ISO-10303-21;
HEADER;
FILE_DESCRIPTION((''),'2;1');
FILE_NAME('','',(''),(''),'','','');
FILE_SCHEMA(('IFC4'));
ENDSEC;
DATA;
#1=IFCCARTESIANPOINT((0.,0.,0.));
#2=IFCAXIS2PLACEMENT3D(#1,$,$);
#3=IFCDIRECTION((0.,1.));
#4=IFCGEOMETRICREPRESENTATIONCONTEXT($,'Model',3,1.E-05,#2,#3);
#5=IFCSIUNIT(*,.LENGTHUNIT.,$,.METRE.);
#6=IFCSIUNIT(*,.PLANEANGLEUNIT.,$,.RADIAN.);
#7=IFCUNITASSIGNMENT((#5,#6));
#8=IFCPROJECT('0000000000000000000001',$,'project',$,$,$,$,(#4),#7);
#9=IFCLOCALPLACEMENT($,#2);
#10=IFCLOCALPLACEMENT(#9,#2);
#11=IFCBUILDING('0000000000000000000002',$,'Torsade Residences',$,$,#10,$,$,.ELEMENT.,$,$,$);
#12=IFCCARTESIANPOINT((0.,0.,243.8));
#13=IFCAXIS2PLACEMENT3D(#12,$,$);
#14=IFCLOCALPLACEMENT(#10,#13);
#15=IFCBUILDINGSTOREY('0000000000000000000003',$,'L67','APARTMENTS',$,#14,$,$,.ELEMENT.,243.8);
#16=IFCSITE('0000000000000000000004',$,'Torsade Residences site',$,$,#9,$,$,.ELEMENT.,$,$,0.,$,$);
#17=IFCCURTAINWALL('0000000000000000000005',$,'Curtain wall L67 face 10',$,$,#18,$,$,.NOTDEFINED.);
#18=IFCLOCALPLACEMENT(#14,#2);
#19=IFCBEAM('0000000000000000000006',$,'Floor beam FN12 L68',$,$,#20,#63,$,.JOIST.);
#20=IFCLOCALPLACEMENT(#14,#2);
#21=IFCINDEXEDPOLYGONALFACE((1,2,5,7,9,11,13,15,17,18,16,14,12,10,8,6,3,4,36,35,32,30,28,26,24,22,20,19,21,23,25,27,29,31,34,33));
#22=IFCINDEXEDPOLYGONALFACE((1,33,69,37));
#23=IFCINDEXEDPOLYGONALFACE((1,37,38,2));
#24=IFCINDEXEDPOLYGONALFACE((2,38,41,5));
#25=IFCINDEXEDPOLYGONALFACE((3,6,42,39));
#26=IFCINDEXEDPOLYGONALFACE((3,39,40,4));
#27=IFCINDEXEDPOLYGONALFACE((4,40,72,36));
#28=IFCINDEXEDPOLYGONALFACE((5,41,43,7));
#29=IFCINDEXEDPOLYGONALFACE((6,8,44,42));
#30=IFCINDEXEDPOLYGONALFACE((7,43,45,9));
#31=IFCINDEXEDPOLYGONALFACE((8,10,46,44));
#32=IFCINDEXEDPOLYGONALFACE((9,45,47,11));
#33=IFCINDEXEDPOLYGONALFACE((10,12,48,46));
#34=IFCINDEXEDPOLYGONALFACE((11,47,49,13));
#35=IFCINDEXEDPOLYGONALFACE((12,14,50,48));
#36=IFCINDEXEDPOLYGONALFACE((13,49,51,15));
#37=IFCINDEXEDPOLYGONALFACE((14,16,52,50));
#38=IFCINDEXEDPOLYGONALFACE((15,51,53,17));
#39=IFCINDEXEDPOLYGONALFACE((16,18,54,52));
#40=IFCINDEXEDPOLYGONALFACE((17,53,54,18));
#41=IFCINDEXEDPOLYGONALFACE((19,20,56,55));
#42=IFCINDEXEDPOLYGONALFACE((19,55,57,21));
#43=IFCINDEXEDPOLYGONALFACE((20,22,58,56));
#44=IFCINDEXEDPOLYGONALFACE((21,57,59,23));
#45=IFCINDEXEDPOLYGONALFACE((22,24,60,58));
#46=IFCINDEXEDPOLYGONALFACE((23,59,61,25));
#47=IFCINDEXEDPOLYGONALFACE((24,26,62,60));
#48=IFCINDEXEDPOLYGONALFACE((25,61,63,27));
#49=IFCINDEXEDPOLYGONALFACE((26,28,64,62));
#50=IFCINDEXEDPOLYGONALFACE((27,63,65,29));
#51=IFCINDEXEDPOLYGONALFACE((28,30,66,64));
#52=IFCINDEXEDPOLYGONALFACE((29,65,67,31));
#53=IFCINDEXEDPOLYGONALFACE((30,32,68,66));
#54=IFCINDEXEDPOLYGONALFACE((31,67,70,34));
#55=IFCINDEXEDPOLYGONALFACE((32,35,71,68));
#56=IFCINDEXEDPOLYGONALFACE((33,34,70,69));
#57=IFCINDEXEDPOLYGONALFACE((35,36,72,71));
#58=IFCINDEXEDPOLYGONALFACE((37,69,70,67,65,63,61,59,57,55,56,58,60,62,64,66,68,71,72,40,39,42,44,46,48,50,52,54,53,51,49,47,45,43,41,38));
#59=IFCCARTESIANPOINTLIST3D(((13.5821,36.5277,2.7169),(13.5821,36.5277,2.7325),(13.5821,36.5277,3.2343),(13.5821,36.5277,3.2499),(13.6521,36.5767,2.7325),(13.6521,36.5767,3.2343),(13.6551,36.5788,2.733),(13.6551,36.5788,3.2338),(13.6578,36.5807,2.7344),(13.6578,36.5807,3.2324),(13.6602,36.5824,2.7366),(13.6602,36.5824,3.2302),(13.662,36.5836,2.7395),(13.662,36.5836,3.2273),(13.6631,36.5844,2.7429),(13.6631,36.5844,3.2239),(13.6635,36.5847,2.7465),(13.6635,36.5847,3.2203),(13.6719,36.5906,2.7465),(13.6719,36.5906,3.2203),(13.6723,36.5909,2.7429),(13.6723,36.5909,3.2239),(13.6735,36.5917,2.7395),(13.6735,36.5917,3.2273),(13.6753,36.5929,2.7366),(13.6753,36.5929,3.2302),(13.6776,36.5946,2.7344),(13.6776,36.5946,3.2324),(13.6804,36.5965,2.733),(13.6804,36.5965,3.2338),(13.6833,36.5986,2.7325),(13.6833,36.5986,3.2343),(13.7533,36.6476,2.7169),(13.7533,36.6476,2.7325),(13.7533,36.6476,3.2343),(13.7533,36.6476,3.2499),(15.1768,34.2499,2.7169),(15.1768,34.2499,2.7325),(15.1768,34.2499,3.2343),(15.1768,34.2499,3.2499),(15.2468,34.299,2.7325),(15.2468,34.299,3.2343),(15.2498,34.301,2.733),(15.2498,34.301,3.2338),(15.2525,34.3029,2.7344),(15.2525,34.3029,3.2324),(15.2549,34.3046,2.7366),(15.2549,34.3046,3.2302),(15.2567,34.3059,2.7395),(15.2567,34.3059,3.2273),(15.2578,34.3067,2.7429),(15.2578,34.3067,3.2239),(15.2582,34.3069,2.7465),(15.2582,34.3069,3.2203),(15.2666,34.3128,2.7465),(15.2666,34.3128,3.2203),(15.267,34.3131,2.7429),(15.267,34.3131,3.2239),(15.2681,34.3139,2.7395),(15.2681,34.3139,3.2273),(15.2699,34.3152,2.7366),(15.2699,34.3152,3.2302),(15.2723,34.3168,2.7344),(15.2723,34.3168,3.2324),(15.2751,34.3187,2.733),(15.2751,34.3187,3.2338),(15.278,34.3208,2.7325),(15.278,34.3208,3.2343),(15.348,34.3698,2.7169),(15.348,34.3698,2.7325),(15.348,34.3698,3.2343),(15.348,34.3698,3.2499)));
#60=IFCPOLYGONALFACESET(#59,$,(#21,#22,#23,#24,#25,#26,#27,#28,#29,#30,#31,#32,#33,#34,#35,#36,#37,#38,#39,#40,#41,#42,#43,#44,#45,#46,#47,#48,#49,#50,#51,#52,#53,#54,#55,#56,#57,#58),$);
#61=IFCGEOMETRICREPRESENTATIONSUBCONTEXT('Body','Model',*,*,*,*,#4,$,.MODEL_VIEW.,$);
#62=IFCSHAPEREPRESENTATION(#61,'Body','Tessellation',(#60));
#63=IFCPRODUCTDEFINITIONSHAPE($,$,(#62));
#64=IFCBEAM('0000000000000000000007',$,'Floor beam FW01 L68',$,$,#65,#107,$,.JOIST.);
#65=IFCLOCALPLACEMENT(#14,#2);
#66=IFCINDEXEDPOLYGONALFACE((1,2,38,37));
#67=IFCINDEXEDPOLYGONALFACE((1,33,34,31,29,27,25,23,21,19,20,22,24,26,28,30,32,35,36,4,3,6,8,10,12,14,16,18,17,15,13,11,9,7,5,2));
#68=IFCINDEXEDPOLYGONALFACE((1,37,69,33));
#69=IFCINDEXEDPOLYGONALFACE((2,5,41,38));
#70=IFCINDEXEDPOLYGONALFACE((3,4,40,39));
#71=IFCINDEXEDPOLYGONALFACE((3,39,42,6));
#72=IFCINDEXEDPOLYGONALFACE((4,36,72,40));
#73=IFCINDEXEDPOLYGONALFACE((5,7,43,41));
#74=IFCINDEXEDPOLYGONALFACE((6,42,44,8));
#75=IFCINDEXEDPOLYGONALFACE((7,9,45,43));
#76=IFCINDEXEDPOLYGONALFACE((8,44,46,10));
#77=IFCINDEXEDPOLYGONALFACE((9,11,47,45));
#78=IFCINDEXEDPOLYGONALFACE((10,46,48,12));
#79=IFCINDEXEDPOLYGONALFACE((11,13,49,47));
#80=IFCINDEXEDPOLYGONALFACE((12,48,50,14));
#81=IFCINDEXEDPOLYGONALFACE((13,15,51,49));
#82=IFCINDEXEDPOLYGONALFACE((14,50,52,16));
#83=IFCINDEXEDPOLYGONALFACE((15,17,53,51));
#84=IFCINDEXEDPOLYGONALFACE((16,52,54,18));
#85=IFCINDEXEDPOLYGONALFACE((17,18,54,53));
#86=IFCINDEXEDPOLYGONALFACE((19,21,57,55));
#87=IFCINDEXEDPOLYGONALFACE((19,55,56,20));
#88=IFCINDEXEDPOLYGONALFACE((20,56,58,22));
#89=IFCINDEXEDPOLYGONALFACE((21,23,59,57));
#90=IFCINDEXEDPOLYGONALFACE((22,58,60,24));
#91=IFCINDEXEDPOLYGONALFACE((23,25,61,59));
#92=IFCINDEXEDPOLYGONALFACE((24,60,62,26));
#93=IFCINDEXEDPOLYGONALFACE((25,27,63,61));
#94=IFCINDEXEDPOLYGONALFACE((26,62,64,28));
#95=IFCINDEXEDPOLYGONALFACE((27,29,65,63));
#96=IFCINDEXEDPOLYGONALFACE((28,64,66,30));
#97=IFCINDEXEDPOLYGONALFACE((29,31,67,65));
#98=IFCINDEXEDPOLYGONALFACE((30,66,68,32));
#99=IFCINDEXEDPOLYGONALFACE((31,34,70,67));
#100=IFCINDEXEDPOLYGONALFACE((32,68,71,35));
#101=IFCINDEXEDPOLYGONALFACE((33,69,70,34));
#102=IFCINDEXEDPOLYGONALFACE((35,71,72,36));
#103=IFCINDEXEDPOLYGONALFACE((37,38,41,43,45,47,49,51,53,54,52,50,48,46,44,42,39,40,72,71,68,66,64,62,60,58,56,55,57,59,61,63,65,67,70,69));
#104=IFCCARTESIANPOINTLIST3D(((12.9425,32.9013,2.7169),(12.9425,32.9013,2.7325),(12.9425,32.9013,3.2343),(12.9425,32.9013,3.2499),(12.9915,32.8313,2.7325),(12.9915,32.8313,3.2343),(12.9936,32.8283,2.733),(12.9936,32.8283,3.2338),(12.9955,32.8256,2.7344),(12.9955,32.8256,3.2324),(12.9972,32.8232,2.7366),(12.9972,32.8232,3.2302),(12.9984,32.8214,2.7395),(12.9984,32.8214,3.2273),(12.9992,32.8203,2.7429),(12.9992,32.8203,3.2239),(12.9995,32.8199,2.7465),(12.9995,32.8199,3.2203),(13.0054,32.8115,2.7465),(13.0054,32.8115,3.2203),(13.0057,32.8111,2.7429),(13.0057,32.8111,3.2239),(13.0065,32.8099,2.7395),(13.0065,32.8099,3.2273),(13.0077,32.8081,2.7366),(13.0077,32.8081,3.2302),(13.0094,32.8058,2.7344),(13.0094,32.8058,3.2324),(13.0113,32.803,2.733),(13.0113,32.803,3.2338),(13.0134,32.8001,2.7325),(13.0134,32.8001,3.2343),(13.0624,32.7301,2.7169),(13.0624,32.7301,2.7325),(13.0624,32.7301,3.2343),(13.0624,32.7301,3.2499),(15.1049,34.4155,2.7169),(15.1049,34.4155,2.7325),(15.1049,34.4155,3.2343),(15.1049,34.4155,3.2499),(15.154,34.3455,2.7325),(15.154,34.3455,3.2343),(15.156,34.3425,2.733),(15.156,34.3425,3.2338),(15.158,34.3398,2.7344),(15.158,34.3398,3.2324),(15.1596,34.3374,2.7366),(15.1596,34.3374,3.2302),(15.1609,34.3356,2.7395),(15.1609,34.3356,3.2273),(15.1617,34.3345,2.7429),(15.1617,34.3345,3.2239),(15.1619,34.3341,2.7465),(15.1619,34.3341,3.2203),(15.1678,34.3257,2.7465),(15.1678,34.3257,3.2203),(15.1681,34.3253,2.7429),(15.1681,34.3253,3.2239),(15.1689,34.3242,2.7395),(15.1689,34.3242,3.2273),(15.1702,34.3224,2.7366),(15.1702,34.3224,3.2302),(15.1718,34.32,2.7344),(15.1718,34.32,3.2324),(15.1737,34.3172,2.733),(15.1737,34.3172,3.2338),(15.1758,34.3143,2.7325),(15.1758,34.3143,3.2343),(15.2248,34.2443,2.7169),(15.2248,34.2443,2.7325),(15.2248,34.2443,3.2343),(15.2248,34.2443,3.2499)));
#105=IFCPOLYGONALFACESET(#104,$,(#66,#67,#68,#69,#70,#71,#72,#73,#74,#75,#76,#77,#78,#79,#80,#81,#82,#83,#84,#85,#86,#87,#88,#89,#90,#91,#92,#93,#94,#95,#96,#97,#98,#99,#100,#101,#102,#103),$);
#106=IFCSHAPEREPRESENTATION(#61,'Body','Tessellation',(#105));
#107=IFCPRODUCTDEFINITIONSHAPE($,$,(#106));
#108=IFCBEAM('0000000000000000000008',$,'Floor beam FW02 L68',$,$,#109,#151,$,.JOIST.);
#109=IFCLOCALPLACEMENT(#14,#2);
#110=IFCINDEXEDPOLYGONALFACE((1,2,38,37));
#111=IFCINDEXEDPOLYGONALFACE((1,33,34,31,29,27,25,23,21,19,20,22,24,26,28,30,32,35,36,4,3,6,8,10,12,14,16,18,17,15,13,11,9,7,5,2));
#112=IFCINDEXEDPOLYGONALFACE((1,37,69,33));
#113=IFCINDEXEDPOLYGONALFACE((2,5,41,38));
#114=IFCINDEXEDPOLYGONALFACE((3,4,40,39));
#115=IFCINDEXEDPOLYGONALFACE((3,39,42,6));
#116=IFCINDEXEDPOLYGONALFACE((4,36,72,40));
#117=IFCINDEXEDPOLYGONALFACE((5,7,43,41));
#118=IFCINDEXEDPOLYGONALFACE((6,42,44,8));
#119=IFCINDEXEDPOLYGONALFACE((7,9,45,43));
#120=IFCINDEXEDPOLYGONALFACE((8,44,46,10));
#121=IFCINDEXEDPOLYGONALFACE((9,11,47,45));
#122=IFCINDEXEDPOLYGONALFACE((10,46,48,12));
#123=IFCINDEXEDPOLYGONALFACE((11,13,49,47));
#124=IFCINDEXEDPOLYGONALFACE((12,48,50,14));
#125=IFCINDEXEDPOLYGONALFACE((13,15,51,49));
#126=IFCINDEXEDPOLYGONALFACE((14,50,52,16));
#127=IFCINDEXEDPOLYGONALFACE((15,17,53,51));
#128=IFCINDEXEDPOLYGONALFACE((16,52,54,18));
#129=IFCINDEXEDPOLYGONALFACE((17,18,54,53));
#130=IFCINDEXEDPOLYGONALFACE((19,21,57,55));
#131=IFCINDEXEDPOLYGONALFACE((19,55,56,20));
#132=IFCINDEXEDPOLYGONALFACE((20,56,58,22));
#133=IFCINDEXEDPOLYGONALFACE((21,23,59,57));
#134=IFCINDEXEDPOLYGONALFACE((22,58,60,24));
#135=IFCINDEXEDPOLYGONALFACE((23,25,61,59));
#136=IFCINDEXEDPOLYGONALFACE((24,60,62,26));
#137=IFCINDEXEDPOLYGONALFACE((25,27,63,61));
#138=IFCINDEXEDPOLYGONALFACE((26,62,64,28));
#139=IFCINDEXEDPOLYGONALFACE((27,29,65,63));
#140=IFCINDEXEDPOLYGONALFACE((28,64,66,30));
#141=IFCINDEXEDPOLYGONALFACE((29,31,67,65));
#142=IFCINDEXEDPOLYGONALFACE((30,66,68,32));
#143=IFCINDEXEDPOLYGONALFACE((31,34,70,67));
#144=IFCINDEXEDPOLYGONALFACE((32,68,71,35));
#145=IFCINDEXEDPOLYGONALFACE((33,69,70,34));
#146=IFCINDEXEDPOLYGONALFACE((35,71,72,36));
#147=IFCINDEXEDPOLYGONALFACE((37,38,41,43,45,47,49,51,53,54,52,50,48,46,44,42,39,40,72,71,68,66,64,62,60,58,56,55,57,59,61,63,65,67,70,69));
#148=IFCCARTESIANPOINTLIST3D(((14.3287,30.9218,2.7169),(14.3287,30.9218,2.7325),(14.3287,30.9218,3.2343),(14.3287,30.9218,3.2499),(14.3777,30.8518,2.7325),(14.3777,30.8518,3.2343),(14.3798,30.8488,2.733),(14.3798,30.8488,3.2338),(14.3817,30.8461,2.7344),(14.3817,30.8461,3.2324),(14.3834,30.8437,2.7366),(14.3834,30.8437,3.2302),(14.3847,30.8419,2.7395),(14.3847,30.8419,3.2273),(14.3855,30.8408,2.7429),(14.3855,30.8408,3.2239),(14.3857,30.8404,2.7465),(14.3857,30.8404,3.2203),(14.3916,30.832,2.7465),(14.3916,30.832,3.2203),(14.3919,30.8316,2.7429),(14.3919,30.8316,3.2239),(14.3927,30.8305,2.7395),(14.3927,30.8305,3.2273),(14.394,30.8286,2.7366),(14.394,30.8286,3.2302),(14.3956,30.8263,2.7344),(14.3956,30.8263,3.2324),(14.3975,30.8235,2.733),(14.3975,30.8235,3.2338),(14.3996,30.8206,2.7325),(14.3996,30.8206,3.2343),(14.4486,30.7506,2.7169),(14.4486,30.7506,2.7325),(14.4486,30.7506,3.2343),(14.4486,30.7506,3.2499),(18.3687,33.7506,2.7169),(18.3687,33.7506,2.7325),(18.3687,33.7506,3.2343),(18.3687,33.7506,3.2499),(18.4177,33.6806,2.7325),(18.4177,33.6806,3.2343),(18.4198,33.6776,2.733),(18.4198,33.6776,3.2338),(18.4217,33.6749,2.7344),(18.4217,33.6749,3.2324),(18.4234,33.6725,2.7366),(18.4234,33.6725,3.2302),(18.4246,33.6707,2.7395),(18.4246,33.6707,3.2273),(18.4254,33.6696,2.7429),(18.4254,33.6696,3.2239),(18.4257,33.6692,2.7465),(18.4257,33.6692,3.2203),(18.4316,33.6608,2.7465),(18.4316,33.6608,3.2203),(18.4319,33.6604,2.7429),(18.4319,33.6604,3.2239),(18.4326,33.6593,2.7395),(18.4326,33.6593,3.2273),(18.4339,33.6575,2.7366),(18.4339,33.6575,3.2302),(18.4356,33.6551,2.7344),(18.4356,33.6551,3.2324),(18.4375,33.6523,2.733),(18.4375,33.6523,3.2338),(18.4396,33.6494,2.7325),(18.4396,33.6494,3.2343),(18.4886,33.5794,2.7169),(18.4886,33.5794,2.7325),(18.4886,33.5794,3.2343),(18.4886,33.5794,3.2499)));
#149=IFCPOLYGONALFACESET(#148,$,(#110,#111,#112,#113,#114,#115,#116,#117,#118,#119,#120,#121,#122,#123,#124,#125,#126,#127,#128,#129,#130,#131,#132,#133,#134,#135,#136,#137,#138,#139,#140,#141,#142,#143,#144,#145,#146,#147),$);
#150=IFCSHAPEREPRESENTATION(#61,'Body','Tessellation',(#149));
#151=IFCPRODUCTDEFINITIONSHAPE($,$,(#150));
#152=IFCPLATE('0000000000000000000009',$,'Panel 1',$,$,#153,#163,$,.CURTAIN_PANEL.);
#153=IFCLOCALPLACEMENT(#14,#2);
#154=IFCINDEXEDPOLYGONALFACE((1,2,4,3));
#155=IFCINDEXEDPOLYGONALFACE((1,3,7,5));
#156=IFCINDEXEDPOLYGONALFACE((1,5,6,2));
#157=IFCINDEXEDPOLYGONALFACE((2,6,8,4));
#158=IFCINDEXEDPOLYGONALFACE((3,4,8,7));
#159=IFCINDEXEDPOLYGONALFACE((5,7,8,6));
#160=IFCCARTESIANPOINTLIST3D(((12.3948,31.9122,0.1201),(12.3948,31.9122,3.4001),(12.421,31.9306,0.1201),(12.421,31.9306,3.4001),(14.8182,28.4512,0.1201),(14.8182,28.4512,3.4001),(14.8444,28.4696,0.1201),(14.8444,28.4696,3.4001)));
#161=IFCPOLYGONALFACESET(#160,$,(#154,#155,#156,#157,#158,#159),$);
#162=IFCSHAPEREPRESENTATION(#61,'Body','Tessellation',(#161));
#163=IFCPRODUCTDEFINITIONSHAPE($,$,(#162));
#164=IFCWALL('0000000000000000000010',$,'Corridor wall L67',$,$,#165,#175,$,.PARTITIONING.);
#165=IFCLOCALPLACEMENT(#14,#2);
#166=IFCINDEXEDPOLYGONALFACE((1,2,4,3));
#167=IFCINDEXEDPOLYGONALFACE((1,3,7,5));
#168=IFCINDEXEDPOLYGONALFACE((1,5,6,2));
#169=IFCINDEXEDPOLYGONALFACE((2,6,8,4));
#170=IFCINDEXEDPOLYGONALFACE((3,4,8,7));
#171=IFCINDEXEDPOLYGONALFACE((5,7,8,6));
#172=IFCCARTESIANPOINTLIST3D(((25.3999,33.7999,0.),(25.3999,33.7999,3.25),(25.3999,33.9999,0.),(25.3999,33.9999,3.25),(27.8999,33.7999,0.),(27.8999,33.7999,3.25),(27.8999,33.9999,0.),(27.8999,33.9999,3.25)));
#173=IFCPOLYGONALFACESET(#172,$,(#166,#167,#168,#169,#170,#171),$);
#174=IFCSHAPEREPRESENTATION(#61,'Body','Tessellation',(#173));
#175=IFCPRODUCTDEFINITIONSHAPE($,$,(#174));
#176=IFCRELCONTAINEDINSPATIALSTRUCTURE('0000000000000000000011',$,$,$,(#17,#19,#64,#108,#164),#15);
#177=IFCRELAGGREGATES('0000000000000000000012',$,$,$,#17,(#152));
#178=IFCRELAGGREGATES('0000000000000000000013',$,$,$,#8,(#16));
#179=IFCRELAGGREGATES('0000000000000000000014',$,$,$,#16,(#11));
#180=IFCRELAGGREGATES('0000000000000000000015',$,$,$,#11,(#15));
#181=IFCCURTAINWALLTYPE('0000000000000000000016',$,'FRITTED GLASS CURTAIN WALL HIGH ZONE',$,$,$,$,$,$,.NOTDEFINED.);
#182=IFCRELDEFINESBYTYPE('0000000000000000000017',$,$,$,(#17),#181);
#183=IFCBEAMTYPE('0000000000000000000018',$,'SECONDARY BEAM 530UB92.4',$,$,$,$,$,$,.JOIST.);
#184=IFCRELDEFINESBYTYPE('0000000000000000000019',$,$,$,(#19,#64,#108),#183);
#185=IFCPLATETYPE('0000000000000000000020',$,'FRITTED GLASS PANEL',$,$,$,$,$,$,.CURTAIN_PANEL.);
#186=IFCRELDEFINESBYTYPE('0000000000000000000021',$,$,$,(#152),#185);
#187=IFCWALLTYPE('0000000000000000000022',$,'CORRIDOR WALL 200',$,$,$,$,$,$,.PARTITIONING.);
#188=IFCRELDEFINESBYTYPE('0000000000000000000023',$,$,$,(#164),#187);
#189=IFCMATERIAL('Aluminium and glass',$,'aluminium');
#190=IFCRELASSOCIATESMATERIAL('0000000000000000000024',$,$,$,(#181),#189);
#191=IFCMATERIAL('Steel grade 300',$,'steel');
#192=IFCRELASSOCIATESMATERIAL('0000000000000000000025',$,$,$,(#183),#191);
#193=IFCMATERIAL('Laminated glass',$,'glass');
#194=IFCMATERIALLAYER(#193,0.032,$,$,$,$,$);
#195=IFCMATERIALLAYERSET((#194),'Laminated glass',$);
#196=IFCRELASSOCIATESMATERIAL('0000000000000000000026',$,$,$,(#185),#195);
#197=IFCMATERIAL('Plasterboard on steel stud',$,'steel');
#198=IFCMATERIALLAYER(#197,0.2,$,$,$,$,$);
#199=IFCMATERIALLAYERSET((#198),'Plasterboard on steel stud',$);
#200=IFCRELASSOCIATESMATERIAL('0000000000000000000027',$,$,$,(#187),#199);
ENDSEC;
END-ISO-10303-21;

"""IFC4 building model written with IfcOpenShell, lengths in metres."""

from ifc_helpers import new_model, si_unit, direction, frame, frame_2d, origin, origin_2d, place, context, subcontext, project, spatial, rectangle, i_section, extrude, material, layer, layer_set, material_profile, profile_set, type_object, element, aggregate, save


model = new_model("IFC4")

# Units and contexts
model_context = context("Model", 3, precision=1e-05, world=origin(), true_north=direction((0.0, 1.0)))
body_context = subcontext(model_context, "Body", "Model", "MODEL_VIEW")
ifc_project = project(units=[si_unit("LENGTHUNIT", "METRE"), si_unit("PLANEANGLEUNIT", "RADIAN")], contexts=[model_context])

# Site, building, storey
site_placement = place(None, origin())
site = spatial("IfcSite", under=ifc_project, at=site_placement, Name="Torsade Residences site", CompositionType="ELEMENT", RefElevation=0.0)
building_placement = place(site_placement, origin())
building = spatial("IfcBuilding", under=site, at=building_placement, Name="Torsade Residences", CompositionType="ELEMENT")
storey_placement = place(building_placement, frame((0.0, 0.0, 243.8)))
storey = spatial("IfcBuildingStorey", under=building, at=storey_placement, Name="L67", Description="APARTMENTS", CompositionType="ELEMENT", Elevation=243.8)

# Shared definitions
ifc_material_1 = material(Name="Aluminium and glass", Category="aluminium")
curtain_wall_type = type_object("IfcCurtainWallType", Name="FRITTED GLASS CURTAIN WALL HIGH ZONE", PredefinedType="NOTDEFINED", material=ifc_material_1)

# Curtain wall
curtain_wall_1_placement = place(storey_placement, origin())
curtain_wall_1 = element("IfcCurtainWall", 1, at=curtain_wall_1_placement, inside=storey, type_object=curtain_wall_type, Name="Curtain wall L67 face 10", PredefinedType="NOTDEFINED")

# Beams
ifc_material_2 = material(Name="Steel grade 300", Category="steel")
ifc_material_profile_1 = material_profile(ifc_material_2, i_section(OverallWidth=0.209, OverallDepth=0.533, WebThickness=0.0103, FlangeThickness=0.0156, FilletRadius=0.0139, at=origin_2d()), Name="530UB92.4")
ifc_profile_set_1 = profile_set([ifc_material_profile_1], Name="Steel grade 300")
beam_type_1 = type_object("IfcBeamType", Name="SECONDARY BEAM 530UB92.4", PredefinedType="JOIST", material=ifc_profile_set_1)
beam_1_placement = place(storey_placement, frame((13.6677, 36.5876, 2.9834), z_axis=(0.573521, -0.819191, 0.0), x_axis=(0.819191, 0.573521, 0.0)))
element("IfcBeam", 2, at=beam_1_placement, inside=storey, type_object=beam_type_1, Name="Floor beam FN12 L68", PredefinedType="JOIST", context=body_context, shape_type="SweptSolid", body=[
    extrude(i_section(OverallWidth=0.209, OverallDepth=0.533, WebThickness=0.0103, FlangeThickness=0.0156, FilletRadius=0.0139, at=origin_2d()), origin(), (0.0, 0.0, 1.0), 2.7805),
])
beam_2_placement = place(storey_placement, frame((13.0024, 32.8157, 2.9834), z_axis=(0.819141, 0.573593, 0.0), x_axis=(-0.573593, 0.819141, 0.0)))
element("IfcBeam", 3, at=beam_2_placement, inside=storey, type_object=beam_type_1, Name="Floor beam FW01 L68", PredefinedType="JOIST", context=body_context, shape_type="SweptSolid", body=[
    extrude(i_section(OverallWidth=0.209, OverallDepth=0.533, WebThickness=0.0103, FlangeThickness=0.0156, FilletRadius=0.0139, at=origin_2d()), origin(), (0.0, 0.0, 1.0), 2.6399),
])
beam_3_placement = place(storey_placement, frame((14.3887, 30.8362, 2.9834), z_axis=(0.819153, 0.573575, 0.0), x_axis=(-0.573575, 0.819153, 0.0)))
element("IfcBeam", 4, at=beam_3_placement, inside=storey, type_object=beam_type_1, Name="Floor beam FW02 L68", PredefinedType="JOIST", context=body_context, shape_type="SweptSolid", body=[
    extrude(i_section(OverallWidth=0.209, OverallDepth=0.533, WebThickness=0.0103, FlangeThickness=0.0156, FilletRadius=0.0139, at=origin_2d()), origin(), (0.0, 0.0, 1.0), 4.9319),
])

# Plate
ifc_material_3 = material(Name="Laminated glass", Category="glass")
ifc_layer_1 = layer(ifc_material_3, 0.032)
ifc_layer_set_1 = layer_set([ifc_layer_1], Name="Laminated glass")
plate_type = type_object("IfcPlateType", Name="FRITTED GLASS PANEL", PredefinedType="CURTAIN_PANEL", material=ifc_layer_set_1)
plate_placement = place(storey_placement, frame((13.6196, 30.1909, 0.1201), z_axis=(0.0, 0.0, 1.0), x_axis=(0.573576, -0.819152, 0.0)))
plate = element("IfcPlate", 5, at=plate_placement, type_object=plate_type, Name="Panel 1", PredefinedType="CURTAIN_PANEL", context=body_context, shape_type="SweptSolid", body=[
    extrude(rectangle(XDim=4.2251, YDim=0.032, at=origin_2d()), origin(), (0.0, 0.0, 1.0), 3.28),
])
aggregate(curtain_wall_1, [plate])

# Wall
ifc_material_4 = material(Name="Plasterboard on steel stud", Category="steel")
ifc_layer_2 = layer(ifc_material_4, 0.2)
ifc_layer_set_2 = layer_set([ifc_layer_2], Name="Plasterboard on steel stud")
wall_type_1 = type_object("IfcWallType", Name="CORRIDOR WALL 200", PredefinedType="PARTITIONING", material=ifc_layer_set_2)
wall_1_placement = place(storey_placement, frame((27.8999, 33.8999, 0.0), z_axis=(0.0, 0.0, 1.0), x_axis=(-1.0, 0.0, 0.0)))
element("IfcWall", 6, at=wall_1_placement, inside=storey, type_object=wall_type_1, Name="Corridor wall L67", PredefinedType="PARTITIONING", context=body_context, shape_type="SweptSolid", body=[
    extrude(rectangle(XDim=2.5, YDim=0.2, at=frame_2d((1.25, 0.0))), origin(), (0.0, 0.0, 1.0), 3.25),
])

save(model, "model.ifc")
